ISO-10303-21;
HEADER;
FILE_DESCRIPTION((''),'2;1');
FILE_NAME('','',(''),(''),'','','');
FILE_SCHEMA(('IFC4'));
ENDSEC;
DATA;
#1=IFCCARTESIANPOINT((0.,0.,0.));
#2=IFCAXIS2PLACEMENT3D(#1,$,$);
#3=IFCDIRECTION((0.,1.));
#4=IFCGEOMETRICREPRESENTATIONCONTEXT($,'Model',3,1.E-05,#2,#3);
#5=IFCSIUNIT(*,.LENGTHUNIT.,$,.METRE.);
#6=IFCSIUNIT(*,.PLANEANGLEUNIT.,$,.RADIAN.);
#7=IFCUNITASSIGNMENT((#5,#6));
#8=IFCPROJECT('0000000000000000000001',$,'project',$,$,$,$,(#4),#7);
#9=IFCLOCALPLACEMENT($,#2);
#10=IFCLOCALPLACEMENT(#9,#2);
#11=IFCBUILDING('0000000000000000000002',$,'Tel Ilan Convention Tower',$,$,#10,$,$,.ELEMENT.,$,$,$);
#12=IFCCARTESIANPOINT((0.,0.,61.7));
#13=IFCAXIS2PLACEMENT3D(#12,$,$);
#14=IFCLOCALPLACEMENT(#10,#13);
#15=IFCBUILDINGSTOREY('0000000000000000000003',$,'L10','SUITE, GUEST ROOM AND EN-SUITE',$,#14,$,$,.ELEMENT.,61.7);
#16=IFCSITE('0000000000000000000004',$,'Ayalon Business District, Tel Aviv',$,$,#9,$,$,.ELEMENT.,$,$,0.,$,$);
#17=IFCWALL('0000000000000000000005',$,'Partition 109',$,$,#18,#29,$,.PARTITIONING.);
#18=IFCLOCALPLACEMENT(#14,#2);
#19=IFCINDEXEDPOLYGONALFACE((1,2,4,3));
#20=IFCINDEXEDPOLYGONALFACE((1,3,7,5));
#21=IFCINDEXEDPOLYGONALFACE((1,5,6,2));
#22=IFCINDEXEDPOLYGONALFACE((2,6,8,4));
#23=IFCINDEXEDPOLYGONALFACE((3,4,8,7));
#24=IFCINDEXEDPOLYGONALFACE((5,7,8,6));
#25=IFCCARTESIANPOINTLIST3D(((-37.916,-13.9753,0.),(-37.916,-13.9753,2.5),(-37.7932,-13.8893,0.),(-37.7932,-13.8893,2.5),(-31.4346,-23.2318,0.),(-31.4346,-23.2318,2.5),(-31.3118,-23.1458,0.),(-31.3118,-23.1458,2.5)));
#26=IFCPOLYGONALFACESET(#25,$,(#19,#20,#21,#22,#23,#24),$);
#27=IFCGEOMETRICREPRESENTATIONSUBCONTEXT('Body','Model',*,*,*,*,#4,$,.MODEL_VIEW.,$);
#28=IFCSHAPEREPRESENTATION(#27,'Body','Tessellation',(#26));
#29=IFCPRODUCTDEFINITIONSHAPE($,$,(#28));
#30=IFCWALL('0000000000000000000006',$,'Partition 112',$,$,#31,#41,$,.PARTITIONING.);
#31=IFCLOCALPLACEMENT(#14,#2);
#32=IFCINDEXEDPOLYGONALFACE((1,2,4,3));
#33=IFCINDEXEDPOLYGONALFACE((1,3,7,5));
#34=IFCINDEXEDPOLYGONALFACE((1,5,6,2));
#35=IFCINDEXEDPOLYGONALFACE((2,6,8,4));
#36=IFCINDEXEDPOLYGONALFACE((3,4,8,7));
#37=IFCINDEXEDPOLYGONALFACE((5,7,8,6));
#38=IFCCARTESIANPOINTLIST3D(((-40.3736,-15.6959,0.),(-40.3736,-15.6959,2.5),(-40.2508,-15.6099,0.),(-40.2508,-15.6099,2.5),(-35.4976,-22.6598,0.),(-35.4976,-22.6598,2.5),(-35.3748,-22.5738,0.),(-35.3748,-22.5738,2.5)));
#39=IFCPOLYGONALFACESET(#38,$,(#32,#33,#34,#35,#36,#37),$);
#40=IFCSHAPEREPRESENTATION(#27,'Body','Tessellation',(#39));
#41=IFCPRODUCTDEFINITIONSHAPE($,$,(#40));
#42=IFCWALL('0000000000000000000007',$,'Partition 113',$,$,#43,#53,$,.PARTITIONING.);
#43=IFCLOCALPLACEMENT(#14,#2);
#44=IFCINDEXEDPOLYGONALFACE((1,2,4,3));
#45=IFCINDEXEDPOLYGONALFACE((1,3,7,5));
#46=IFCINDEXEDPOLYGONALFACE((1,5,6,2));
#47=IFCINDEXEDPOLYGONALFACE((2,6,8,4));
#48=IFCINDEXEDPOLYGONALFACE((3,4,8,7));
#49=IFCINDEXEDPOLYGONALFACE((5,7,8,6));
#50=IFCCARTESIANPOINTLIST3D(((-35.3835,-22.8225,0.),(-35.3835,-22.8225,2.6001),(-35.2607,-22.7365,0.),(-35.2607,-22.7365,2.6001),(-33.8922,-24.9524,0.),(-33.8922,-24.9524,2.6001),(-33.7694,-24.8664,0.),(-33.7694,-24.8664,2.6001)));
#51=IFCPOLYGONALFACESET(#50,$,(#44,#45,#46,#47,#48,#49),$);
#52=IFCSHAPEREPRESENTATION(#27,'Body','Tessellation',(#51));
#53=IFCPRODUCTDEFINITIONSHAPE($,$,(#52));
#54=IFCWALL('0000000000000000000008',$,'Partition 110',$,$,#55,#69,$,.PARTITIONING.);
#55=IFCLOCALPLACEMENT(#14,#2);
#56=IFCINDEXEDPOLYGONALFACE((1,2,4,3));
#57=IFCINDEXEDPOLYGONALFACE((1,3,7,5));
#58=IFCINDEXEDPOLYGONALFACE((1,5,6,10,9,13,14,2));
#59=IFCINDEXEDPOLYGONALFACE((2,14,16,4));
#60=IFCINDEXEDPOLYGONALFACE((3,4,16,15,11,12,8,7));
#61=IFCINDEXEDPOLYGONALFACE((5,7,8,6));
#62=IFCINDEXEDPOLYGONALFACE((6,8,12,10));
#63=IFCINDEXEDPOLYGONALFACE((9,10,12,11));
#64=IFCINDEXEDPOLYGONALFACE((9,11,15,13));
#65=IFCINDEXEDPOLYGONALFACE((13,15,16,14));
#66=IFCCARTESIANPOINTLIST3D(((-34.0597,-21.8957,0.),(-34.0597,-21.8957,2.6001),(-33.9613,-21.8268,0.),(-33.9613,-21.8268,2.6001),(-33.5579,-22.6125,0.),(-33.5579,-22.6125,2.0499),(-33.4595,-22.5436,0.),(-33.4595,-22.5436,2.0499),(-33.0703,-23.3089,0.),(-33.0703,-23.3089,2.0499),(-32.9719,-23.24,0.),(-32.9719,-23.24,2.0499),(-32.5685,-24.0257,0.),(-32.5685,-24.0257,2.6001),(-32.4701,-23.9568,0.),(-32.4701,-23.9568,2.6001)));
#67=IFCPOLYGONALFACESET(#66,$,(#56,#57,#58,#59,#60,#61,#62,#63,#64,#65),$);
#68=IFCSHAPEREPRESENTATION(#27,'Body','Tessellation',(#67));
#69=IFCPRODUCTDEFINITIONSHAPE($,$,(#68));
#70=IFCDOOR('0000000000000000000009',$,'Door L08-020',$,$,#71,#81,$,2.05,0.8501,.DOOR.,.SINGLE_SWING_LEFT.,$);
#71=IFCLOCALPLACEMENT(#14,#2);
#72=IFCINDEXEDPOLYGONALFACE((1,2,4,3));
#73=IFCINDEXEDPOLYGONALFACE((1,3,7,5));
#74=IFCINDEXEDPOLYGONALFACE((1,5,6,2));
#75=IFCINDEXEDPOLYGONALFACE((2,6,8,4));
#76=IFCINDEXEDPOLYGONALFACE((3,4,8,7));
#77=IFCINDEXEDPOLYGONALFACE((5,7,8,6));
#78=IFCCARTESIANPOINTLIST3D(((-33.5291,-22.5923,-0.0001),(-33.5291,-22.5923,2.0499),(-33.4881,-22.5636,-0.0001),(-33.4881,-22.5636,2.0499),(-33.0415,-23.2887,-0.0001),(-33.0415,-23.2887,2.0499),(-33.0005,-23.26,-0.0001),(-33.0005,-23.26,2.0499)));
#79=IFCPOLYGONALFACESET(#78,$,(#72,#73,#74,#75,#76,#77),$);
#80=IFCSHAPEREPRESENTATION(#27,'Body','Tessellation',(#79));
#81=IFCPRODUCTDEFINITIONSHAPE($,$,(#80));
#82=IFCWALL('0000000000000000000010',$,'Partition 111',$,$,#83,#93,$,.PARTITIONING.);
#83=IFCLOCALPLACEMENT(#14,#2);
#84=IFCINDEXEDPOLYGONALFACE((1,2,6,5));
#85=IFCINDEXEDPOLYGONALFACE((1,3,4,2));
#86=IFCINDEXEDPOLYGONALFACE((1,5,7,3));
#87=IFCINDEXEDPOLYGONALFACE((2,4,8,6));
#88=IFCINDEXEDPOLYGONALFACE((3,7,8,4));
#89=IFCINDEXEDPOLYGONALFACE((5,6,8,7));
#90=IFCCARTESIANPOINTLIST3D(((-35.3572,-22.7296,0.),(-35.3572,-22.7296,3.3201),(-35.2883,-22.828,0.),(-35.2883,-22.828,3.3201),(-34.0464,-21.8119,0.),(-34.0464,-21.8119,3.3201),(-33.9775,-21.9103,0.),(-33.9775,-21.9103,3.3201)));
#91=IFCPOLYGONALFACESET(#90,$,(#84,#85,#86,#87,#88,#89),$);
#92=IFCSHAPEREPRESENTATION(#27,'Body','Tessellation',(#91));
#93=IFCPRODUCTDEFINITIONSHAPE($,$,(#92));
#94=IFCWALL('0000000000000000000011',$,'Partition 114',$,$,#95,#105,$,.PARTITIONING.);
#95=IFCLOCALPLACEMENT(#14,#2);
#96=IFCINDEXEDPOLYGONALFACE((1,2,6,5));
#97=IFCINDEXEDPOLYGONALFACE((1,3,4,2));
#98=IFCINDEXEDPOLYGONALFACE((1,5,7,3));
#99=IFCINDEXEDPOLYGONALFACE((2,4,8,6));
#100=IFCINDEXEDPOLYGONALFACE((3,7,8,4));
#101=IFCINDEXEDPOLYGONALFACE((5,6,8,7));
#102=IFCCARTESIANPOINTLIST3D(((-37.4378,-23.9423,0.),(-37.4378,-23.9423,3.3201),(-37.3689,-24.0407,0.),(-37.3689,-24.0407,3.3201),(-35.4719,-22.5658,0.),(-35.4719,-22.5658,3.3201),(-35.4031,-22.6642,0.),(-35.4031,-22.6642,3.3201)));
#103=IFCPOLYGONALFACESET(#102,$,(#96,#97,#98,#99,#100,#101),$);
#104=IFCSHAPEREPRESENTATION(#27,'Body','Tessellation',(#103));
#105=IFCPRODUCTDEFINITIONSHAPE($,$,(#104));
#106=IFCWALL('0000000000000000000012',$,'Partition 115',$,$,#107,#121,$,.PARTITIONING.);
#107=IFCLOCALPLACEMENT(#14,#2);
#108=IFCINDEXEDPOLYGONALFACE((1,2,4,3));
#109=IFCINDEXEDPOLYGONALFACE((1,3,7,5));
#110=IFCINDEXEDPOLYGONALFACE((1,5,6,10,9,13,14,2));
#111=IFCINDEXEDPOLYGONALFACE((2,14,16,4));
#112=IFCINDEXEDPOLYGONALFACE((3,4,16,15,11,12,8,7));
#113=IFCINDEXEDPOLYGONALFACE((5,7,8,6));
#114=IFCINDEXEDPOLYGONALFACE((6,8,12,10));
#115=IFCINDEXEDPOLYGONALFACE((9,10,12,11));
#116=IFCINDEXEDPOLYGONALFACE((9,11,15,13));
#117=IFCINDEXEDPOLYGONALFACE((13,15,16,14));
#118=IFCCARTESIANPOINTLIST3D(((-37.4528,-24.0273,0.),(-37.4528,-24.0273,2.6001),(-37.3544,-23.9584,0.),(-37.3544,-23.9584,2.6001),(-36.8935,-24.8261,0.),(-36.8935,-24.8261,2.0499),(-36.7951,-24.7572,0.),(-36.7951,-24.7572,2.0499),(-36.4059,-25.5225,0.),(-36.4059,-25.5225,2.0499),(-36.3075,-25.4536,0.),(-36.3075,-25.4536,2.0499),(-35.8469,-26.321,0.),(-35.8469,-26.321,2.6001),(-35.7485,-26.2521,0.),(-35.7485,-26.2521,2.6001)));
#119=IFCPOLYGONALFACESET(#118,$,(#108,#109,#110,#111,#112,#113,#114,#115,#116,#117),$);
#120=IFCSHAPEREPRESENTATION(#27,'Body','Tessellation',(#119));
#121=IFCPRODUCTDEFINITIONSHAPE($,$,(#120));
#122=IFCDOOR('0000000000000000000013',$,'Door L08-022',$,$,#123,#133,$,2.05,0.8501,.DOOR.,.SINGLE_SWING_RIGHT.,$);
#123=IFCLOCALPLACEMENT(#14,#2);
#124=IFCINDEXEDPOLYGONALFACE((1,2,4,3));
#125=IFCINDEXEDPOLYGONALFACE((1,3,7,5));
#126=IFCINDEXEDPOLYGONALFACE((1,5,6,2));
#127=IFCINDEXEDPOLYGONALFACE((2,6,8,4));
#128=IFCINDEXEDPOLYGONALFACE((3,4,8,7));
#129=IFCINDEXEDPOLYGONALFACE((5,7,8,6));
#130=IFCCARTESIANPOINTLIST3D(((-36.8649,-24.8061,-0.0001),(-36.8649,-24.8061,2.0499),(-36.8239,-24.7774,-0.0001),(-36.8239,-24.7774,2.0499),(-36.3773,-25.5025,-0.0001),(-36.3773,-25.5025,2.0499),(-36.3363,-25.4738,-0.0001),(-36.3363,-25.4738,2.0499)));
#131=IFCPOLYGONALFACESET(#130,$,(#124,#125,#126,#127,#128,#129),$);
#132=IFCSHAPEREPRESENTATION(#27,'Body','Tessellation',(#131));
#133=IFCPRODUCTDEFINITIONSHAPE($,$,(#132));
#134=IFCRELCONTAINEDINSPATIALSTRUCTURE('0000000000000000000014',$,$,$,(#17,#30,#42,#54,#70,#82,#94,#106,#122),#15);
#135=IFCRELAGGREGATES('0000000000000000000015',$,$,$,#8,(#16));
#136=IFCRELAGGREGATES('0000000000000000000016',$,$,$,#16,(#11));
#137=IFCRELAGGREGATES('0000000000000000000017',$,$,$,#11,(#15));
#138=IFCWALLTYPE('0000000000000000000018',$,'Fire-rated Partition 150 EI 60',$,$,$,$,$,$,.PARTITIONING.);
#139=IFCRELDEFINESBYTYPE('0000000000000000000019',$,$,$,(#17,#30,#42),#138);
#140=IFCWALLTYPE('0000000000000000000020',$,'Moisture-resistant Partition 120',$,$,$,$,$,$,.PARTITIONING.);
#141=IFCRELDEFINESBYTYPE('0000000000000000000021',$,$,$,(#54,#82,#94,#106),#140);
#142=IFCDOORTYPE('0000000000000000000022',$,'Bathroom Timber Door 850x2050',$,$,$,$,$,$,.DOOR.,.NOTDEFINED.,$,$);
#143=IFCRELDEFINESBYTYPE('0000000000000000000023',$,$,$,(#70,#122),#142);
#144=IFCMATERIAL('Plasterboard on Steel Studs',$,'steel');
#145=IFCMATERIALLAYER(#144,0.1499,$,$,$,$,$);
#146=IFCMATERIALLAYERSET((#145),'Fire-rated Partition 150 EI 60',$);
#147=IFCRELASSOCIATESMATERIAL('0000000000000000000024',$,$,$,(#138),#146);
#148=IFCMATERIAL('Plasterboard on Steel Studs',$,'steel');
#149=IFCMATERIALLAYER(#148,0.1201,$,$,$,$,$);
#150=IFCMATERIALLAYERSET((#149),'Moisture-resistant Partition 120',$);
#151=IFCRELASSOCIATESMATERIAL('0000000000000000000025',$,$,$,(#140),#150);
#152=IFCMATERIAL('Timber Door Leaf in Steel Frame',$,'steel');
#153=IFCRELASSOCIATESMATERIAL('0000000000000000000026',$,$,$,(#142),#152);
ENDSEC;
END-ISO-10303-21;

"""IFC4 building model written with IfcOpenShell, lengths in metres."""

from ifc_helpers import new_model, si_unit, direction, frame, frame_2d, origin, place, context, subcontext, project, spatial, rectangle, extrude, material, layer, layer_set, type_object, element, fill, save


model = new_model("IFC4")

# Units and contexts
model_context = context("Model", 3, precision=1e-05, world=origin(), true_north=direction((0.0, 1.0)))
body_context = subcontext(model_context, "Body", "Model", "MODEL_VIEW")
ifc_project = project(units=[si_unit("LENGTHUNIT", "METRE"), si_unit("PLANEANGLEUNIT", "RADIAN")], contexts=[model_context])

# Site, building, storey
site_placement = place(None, origin())
site = spatial("IfcSite", under=ifc_project, at=site_placement, Name="Ayalon Business District, Tel Aviv", CompositionType="ELEMENT", RefElevation=0.0)
building_placement = place(site_placement, origin())
building = spatial("IfcBuilding", under=site, at=building_placement, Name="Tel Ilan Convention Tower", CompositionType="ELEMENT")
storey_placement = place(building_placement, frame((0.0, 0.0, 61.7)))
storey = spatial("IfcBuildingStorey", under=building, at=storey_placement, Name="L10", Description="SUITE, GUEST ROOM AND EN-SUITE", CompositionType="ELEMENT", Elevation=61.7)

# Shared definitions
ifc_material_1 = material(Name="Plasterboard on Steel Studs", Category="steel")
ifc_layer_1 = layer(ifc_material_1, 0.1499)
ifc_layer_set_1 = layer_set([ifc_layer_1], Name="Fire-rated Partition 150 EI 60")
wall_type_1 = type_object("IfcWallType", Name="Fire-rated Partition 150 EI 60", PredefinedType="PARTITIONING", material=ifc_layer_set_1)

# Walls
wall_1_placement = place(storey_placement, frame((-31.3733, -23.1887, 0.0), z_axis=(0.0, 0.0, 1.0), x_axis=(-0.573571, 0.819156, 0.0)))
element("IfcWall", 1, at=wall_1_placement, inside=storey, type_object=wall_type_1, Name="Partition 109", PredefinedType="PARTITIONING", context=body_context, shape_type="SweptSolid", body=[
    extrude(rectangle(XDim=11.3, YDim=0.1499, at=frame_2d((5.6499, 0.0))), origin(), (0.0, 0.0, 1.0), 2.5),
])
wall_2_placement = place(storey_placement, frame((-35.4363, -22.6167, 0.0), z_axis=(0.0, 0.0, 1.0), x_axis=(-0.573563, 0.819162, 0.0)))
element("IfcWall", 2, at=wall_2_placement, inside=storey, type_object=wall_type_1, Name="Partition 112", PredefinedType="PARTITIONING", context=body_context, shape_type="SweptSolid", body=[
    extrude(rectangle(XDim=8.5012, YDim=0.1499, at=frame_2d((4.2505, 0.0))), origin(), (0.0, 0.0, 1.0), 2.5),
])
wall_3_placement = place(storey_placement, frame((-33.8308, -24.9094, 0.0), z_axis=(0.0, 0.0, 1.0), x_axis=(-0.573538, 0.819179, 0.0)))
element("IfcWall", 3, at=wall_3_placement, inside=storey, type_object=wall_type_1, Name="Partition 113", PredefinedType="PARTITIONING", context=body_context, shape_type="SweptSolid", body=[
    extrude(rectangle(XDim=2.6001, YDim=0.1499, at=frame_2d((1.3, 0.0))), origin(), (0.0, 0.0, 1.0), 2.6001),
])

# Wall, opening, door
ifc_material_2 = material(Name="Plasterboard on Steel Studs", Category="steel")
ifc_layer_2 = layer(ifc_material_2, 0.1201)
ifc_layer_set_2 = layer_set([ifc_layer_2], Name="Moisture-resistant Partition 120")
wall_type_2 = type_object("IfcWallType", Name="Moisture-resistant Partition 120", PredefinedType="PARTITIONING", material=ifc_layer_set_2)
wall_4_placement = place(storey_placement, frame((-32.5193, -23.9912, 0.0), z_axis=(0.0, 0.0, 1.0), x_axis=(-0.573538, 0.819179, 0.0)))
wall_4 = element("IfcWall", 4, at=wall_4_placement, inside=storey, type_object=wall_type_2, Name="Partition 110", PredefinedType="PARTITIONING", context=body_context, shape_type="SweptSolid", body=[
    extrude(rectangle(XDim=2.6001, YDim=0.1201, at=frame_2d((1.3, 0.0))), origin(), (0.0, 0.0, 1.0), 2.6001),
])
opening_1_placement = place(wall_4_placement, frame((0.875, 0.0, 0.0)))
opening_1 = element("IfcOpeningElement", 5, at=opening_1_placement, cuts=wall_4, PredefinedType="OPENING", context=body_context, shape_type="SweptSolid", body=[
    extrude(rectangle(XDim=0.8501, YDim=2.05, at=frame_2d((0.425, 1.0249))), frame((0.0, 0.0701, 0.0), z_axis=(0.0, -1.0, 0.0), x_axis=(1.0, 0.0, 0.0)), (0.0, 0.0, 1.0), 0.1401),
])
ifc_material_3 = material(Name="Timber Door Leaf in Steel Frame", Category="steel")
door_type_1 = type_object("IfcDoorType", Name="Bathroom Timber Door 850x2050", OperationType="NOTDEFINED", PredefinedType="DOOR", material=ifc_material_3)
door_1_placement = place(opening_1_placement, origin())
door_1 = element("IfcDoor", 6, at=door_1_placement, inside=storey, type_object=door_type_1, Name="Door L08-020", OperationType="SINGLE_SWING_LEFT", OverallHeight=2.05, OverallWidth=0.8501, PredefinedType="DOOR", context=body_context, shape_type="SweptSolid", body=[
    extrude(rectangle(XDim=0.8501, YDim=2.05, at=frame_2d((0.425, 1.0249))), frame((0.0, 0.0249, 0.0), z_axis=(0.0, -1.0, 0.0), x_axis=(1.0, 0.0, 0.0)), (0.0, 0.0, 1.0), 0.05),
])
fill(opening_1, door_1)

# Walls
wall_5_placement = place(storey_placement, frame((-34.012, -21.8611, 0.0), z_axis=(0.0, 0.0, 1.0), x_axis=(-0.819182, -0.573534, 0.0)))
element("IfcWall", 7, at=wall_5_placement, inside=storey, type_object=wall_type_2, Name="Partition 111", PredefinedType="PARTITIONING", context=body_context, shape_type="SweptSolid", body=[
    extrude(rectangle(XDim=1.6001, YDim=0.1201, at=frame_2d((0.8, 0.0))), origin(), (0.0, 0.0, 1.0), 3.3201),
])
wall_6_placement = place(storey_placement, frame((-35.4375, -22.615, 0.0), z_axis=(0.0, 0.0, 1.0), x_axis=(-0.819155, -0.573572, 0.0)))
element("IfcWall", 8, at=wall_6_placement, inside=storey, type_object=wall_type_2, Name="Partition 114", PredefinedType="PARTITIONING", context=body_context, shape_type="SweptSolid", body=[
    extrude(rectangle(XDim=2.3999, YDim=0.1201, at=frame_2d((1.2, 0.0))), origin(), (0.0, 0.0, 1.0), 3.3201),
])

# Wall, opening, door
wall_7_placement = place(storey_placement, frame((-37.4036, -23.9929, 0.0), z_axis=(0.0, 0.0, 1.0), x_axis=(0.57355, -0.81917, 0.0)))
wall_7 = element("IfcWall", 9, at=wall_7_placement, inside=storey, type_object=wall_type_2, Name="Partition 115", PredefinedType="PARTITIONING", context=body_context, shape_type="SweptSolid", body=[
    extrude(rectangle(XDim=2.8, YDim=0.1201, at=frame_2d((1.3999, 0.0))), origin(), (0.0, 0.0, 1.0), 2.6001),
])
opening_2_placement = place(wall_7_placement, frame((0.9751, 0.0, 0.0)))
opening_2 = element("IfcOpeningElement", 10, at=opening_2_placement, cuts=wall_7, PredefinedType="OPENING", context=body_context, shape_type="SweptSolid", body=[
    extrude(rectangle(XDim=0.8501, YDim=2.05, at=frame_2d((0.425, 1.0249))), frame((0.0, 0.0701, 0.0), z_axis=(0.0, -1.0, 0.0), x_axis=(1.0, 0.0, 0.0)), (0.0, 0.0, 1.0), 0.1401),
])
door_2_placement = place(opening_2_placement, origin())
door_2 = element("IfcDoor", 11, at=door_2_placement, inside=storey, type_object=door_type_1, Name="Door L08-022", OperationType="SINGLE_SWING_RIGHT", OverallHeight=2.05, OverallWidth=0.8501, PredefinedType="DOOR", context=body_context, shape_type="SweptSolid", body=[
    extrude(rectangle(XDim=0.8501, YDim=2.05, at=frame_2d((0.425, 1.0249))), frame((0.0, 0.0249, 0.0), z_axis=(0.0, -1.0, 0.0), x_axis=(1.0, 0.0, 0.0)), (0.0, 0.0, 1.0), 0.05),
])
fill(opening_2, door_2)

save(model, "model.ifc")
